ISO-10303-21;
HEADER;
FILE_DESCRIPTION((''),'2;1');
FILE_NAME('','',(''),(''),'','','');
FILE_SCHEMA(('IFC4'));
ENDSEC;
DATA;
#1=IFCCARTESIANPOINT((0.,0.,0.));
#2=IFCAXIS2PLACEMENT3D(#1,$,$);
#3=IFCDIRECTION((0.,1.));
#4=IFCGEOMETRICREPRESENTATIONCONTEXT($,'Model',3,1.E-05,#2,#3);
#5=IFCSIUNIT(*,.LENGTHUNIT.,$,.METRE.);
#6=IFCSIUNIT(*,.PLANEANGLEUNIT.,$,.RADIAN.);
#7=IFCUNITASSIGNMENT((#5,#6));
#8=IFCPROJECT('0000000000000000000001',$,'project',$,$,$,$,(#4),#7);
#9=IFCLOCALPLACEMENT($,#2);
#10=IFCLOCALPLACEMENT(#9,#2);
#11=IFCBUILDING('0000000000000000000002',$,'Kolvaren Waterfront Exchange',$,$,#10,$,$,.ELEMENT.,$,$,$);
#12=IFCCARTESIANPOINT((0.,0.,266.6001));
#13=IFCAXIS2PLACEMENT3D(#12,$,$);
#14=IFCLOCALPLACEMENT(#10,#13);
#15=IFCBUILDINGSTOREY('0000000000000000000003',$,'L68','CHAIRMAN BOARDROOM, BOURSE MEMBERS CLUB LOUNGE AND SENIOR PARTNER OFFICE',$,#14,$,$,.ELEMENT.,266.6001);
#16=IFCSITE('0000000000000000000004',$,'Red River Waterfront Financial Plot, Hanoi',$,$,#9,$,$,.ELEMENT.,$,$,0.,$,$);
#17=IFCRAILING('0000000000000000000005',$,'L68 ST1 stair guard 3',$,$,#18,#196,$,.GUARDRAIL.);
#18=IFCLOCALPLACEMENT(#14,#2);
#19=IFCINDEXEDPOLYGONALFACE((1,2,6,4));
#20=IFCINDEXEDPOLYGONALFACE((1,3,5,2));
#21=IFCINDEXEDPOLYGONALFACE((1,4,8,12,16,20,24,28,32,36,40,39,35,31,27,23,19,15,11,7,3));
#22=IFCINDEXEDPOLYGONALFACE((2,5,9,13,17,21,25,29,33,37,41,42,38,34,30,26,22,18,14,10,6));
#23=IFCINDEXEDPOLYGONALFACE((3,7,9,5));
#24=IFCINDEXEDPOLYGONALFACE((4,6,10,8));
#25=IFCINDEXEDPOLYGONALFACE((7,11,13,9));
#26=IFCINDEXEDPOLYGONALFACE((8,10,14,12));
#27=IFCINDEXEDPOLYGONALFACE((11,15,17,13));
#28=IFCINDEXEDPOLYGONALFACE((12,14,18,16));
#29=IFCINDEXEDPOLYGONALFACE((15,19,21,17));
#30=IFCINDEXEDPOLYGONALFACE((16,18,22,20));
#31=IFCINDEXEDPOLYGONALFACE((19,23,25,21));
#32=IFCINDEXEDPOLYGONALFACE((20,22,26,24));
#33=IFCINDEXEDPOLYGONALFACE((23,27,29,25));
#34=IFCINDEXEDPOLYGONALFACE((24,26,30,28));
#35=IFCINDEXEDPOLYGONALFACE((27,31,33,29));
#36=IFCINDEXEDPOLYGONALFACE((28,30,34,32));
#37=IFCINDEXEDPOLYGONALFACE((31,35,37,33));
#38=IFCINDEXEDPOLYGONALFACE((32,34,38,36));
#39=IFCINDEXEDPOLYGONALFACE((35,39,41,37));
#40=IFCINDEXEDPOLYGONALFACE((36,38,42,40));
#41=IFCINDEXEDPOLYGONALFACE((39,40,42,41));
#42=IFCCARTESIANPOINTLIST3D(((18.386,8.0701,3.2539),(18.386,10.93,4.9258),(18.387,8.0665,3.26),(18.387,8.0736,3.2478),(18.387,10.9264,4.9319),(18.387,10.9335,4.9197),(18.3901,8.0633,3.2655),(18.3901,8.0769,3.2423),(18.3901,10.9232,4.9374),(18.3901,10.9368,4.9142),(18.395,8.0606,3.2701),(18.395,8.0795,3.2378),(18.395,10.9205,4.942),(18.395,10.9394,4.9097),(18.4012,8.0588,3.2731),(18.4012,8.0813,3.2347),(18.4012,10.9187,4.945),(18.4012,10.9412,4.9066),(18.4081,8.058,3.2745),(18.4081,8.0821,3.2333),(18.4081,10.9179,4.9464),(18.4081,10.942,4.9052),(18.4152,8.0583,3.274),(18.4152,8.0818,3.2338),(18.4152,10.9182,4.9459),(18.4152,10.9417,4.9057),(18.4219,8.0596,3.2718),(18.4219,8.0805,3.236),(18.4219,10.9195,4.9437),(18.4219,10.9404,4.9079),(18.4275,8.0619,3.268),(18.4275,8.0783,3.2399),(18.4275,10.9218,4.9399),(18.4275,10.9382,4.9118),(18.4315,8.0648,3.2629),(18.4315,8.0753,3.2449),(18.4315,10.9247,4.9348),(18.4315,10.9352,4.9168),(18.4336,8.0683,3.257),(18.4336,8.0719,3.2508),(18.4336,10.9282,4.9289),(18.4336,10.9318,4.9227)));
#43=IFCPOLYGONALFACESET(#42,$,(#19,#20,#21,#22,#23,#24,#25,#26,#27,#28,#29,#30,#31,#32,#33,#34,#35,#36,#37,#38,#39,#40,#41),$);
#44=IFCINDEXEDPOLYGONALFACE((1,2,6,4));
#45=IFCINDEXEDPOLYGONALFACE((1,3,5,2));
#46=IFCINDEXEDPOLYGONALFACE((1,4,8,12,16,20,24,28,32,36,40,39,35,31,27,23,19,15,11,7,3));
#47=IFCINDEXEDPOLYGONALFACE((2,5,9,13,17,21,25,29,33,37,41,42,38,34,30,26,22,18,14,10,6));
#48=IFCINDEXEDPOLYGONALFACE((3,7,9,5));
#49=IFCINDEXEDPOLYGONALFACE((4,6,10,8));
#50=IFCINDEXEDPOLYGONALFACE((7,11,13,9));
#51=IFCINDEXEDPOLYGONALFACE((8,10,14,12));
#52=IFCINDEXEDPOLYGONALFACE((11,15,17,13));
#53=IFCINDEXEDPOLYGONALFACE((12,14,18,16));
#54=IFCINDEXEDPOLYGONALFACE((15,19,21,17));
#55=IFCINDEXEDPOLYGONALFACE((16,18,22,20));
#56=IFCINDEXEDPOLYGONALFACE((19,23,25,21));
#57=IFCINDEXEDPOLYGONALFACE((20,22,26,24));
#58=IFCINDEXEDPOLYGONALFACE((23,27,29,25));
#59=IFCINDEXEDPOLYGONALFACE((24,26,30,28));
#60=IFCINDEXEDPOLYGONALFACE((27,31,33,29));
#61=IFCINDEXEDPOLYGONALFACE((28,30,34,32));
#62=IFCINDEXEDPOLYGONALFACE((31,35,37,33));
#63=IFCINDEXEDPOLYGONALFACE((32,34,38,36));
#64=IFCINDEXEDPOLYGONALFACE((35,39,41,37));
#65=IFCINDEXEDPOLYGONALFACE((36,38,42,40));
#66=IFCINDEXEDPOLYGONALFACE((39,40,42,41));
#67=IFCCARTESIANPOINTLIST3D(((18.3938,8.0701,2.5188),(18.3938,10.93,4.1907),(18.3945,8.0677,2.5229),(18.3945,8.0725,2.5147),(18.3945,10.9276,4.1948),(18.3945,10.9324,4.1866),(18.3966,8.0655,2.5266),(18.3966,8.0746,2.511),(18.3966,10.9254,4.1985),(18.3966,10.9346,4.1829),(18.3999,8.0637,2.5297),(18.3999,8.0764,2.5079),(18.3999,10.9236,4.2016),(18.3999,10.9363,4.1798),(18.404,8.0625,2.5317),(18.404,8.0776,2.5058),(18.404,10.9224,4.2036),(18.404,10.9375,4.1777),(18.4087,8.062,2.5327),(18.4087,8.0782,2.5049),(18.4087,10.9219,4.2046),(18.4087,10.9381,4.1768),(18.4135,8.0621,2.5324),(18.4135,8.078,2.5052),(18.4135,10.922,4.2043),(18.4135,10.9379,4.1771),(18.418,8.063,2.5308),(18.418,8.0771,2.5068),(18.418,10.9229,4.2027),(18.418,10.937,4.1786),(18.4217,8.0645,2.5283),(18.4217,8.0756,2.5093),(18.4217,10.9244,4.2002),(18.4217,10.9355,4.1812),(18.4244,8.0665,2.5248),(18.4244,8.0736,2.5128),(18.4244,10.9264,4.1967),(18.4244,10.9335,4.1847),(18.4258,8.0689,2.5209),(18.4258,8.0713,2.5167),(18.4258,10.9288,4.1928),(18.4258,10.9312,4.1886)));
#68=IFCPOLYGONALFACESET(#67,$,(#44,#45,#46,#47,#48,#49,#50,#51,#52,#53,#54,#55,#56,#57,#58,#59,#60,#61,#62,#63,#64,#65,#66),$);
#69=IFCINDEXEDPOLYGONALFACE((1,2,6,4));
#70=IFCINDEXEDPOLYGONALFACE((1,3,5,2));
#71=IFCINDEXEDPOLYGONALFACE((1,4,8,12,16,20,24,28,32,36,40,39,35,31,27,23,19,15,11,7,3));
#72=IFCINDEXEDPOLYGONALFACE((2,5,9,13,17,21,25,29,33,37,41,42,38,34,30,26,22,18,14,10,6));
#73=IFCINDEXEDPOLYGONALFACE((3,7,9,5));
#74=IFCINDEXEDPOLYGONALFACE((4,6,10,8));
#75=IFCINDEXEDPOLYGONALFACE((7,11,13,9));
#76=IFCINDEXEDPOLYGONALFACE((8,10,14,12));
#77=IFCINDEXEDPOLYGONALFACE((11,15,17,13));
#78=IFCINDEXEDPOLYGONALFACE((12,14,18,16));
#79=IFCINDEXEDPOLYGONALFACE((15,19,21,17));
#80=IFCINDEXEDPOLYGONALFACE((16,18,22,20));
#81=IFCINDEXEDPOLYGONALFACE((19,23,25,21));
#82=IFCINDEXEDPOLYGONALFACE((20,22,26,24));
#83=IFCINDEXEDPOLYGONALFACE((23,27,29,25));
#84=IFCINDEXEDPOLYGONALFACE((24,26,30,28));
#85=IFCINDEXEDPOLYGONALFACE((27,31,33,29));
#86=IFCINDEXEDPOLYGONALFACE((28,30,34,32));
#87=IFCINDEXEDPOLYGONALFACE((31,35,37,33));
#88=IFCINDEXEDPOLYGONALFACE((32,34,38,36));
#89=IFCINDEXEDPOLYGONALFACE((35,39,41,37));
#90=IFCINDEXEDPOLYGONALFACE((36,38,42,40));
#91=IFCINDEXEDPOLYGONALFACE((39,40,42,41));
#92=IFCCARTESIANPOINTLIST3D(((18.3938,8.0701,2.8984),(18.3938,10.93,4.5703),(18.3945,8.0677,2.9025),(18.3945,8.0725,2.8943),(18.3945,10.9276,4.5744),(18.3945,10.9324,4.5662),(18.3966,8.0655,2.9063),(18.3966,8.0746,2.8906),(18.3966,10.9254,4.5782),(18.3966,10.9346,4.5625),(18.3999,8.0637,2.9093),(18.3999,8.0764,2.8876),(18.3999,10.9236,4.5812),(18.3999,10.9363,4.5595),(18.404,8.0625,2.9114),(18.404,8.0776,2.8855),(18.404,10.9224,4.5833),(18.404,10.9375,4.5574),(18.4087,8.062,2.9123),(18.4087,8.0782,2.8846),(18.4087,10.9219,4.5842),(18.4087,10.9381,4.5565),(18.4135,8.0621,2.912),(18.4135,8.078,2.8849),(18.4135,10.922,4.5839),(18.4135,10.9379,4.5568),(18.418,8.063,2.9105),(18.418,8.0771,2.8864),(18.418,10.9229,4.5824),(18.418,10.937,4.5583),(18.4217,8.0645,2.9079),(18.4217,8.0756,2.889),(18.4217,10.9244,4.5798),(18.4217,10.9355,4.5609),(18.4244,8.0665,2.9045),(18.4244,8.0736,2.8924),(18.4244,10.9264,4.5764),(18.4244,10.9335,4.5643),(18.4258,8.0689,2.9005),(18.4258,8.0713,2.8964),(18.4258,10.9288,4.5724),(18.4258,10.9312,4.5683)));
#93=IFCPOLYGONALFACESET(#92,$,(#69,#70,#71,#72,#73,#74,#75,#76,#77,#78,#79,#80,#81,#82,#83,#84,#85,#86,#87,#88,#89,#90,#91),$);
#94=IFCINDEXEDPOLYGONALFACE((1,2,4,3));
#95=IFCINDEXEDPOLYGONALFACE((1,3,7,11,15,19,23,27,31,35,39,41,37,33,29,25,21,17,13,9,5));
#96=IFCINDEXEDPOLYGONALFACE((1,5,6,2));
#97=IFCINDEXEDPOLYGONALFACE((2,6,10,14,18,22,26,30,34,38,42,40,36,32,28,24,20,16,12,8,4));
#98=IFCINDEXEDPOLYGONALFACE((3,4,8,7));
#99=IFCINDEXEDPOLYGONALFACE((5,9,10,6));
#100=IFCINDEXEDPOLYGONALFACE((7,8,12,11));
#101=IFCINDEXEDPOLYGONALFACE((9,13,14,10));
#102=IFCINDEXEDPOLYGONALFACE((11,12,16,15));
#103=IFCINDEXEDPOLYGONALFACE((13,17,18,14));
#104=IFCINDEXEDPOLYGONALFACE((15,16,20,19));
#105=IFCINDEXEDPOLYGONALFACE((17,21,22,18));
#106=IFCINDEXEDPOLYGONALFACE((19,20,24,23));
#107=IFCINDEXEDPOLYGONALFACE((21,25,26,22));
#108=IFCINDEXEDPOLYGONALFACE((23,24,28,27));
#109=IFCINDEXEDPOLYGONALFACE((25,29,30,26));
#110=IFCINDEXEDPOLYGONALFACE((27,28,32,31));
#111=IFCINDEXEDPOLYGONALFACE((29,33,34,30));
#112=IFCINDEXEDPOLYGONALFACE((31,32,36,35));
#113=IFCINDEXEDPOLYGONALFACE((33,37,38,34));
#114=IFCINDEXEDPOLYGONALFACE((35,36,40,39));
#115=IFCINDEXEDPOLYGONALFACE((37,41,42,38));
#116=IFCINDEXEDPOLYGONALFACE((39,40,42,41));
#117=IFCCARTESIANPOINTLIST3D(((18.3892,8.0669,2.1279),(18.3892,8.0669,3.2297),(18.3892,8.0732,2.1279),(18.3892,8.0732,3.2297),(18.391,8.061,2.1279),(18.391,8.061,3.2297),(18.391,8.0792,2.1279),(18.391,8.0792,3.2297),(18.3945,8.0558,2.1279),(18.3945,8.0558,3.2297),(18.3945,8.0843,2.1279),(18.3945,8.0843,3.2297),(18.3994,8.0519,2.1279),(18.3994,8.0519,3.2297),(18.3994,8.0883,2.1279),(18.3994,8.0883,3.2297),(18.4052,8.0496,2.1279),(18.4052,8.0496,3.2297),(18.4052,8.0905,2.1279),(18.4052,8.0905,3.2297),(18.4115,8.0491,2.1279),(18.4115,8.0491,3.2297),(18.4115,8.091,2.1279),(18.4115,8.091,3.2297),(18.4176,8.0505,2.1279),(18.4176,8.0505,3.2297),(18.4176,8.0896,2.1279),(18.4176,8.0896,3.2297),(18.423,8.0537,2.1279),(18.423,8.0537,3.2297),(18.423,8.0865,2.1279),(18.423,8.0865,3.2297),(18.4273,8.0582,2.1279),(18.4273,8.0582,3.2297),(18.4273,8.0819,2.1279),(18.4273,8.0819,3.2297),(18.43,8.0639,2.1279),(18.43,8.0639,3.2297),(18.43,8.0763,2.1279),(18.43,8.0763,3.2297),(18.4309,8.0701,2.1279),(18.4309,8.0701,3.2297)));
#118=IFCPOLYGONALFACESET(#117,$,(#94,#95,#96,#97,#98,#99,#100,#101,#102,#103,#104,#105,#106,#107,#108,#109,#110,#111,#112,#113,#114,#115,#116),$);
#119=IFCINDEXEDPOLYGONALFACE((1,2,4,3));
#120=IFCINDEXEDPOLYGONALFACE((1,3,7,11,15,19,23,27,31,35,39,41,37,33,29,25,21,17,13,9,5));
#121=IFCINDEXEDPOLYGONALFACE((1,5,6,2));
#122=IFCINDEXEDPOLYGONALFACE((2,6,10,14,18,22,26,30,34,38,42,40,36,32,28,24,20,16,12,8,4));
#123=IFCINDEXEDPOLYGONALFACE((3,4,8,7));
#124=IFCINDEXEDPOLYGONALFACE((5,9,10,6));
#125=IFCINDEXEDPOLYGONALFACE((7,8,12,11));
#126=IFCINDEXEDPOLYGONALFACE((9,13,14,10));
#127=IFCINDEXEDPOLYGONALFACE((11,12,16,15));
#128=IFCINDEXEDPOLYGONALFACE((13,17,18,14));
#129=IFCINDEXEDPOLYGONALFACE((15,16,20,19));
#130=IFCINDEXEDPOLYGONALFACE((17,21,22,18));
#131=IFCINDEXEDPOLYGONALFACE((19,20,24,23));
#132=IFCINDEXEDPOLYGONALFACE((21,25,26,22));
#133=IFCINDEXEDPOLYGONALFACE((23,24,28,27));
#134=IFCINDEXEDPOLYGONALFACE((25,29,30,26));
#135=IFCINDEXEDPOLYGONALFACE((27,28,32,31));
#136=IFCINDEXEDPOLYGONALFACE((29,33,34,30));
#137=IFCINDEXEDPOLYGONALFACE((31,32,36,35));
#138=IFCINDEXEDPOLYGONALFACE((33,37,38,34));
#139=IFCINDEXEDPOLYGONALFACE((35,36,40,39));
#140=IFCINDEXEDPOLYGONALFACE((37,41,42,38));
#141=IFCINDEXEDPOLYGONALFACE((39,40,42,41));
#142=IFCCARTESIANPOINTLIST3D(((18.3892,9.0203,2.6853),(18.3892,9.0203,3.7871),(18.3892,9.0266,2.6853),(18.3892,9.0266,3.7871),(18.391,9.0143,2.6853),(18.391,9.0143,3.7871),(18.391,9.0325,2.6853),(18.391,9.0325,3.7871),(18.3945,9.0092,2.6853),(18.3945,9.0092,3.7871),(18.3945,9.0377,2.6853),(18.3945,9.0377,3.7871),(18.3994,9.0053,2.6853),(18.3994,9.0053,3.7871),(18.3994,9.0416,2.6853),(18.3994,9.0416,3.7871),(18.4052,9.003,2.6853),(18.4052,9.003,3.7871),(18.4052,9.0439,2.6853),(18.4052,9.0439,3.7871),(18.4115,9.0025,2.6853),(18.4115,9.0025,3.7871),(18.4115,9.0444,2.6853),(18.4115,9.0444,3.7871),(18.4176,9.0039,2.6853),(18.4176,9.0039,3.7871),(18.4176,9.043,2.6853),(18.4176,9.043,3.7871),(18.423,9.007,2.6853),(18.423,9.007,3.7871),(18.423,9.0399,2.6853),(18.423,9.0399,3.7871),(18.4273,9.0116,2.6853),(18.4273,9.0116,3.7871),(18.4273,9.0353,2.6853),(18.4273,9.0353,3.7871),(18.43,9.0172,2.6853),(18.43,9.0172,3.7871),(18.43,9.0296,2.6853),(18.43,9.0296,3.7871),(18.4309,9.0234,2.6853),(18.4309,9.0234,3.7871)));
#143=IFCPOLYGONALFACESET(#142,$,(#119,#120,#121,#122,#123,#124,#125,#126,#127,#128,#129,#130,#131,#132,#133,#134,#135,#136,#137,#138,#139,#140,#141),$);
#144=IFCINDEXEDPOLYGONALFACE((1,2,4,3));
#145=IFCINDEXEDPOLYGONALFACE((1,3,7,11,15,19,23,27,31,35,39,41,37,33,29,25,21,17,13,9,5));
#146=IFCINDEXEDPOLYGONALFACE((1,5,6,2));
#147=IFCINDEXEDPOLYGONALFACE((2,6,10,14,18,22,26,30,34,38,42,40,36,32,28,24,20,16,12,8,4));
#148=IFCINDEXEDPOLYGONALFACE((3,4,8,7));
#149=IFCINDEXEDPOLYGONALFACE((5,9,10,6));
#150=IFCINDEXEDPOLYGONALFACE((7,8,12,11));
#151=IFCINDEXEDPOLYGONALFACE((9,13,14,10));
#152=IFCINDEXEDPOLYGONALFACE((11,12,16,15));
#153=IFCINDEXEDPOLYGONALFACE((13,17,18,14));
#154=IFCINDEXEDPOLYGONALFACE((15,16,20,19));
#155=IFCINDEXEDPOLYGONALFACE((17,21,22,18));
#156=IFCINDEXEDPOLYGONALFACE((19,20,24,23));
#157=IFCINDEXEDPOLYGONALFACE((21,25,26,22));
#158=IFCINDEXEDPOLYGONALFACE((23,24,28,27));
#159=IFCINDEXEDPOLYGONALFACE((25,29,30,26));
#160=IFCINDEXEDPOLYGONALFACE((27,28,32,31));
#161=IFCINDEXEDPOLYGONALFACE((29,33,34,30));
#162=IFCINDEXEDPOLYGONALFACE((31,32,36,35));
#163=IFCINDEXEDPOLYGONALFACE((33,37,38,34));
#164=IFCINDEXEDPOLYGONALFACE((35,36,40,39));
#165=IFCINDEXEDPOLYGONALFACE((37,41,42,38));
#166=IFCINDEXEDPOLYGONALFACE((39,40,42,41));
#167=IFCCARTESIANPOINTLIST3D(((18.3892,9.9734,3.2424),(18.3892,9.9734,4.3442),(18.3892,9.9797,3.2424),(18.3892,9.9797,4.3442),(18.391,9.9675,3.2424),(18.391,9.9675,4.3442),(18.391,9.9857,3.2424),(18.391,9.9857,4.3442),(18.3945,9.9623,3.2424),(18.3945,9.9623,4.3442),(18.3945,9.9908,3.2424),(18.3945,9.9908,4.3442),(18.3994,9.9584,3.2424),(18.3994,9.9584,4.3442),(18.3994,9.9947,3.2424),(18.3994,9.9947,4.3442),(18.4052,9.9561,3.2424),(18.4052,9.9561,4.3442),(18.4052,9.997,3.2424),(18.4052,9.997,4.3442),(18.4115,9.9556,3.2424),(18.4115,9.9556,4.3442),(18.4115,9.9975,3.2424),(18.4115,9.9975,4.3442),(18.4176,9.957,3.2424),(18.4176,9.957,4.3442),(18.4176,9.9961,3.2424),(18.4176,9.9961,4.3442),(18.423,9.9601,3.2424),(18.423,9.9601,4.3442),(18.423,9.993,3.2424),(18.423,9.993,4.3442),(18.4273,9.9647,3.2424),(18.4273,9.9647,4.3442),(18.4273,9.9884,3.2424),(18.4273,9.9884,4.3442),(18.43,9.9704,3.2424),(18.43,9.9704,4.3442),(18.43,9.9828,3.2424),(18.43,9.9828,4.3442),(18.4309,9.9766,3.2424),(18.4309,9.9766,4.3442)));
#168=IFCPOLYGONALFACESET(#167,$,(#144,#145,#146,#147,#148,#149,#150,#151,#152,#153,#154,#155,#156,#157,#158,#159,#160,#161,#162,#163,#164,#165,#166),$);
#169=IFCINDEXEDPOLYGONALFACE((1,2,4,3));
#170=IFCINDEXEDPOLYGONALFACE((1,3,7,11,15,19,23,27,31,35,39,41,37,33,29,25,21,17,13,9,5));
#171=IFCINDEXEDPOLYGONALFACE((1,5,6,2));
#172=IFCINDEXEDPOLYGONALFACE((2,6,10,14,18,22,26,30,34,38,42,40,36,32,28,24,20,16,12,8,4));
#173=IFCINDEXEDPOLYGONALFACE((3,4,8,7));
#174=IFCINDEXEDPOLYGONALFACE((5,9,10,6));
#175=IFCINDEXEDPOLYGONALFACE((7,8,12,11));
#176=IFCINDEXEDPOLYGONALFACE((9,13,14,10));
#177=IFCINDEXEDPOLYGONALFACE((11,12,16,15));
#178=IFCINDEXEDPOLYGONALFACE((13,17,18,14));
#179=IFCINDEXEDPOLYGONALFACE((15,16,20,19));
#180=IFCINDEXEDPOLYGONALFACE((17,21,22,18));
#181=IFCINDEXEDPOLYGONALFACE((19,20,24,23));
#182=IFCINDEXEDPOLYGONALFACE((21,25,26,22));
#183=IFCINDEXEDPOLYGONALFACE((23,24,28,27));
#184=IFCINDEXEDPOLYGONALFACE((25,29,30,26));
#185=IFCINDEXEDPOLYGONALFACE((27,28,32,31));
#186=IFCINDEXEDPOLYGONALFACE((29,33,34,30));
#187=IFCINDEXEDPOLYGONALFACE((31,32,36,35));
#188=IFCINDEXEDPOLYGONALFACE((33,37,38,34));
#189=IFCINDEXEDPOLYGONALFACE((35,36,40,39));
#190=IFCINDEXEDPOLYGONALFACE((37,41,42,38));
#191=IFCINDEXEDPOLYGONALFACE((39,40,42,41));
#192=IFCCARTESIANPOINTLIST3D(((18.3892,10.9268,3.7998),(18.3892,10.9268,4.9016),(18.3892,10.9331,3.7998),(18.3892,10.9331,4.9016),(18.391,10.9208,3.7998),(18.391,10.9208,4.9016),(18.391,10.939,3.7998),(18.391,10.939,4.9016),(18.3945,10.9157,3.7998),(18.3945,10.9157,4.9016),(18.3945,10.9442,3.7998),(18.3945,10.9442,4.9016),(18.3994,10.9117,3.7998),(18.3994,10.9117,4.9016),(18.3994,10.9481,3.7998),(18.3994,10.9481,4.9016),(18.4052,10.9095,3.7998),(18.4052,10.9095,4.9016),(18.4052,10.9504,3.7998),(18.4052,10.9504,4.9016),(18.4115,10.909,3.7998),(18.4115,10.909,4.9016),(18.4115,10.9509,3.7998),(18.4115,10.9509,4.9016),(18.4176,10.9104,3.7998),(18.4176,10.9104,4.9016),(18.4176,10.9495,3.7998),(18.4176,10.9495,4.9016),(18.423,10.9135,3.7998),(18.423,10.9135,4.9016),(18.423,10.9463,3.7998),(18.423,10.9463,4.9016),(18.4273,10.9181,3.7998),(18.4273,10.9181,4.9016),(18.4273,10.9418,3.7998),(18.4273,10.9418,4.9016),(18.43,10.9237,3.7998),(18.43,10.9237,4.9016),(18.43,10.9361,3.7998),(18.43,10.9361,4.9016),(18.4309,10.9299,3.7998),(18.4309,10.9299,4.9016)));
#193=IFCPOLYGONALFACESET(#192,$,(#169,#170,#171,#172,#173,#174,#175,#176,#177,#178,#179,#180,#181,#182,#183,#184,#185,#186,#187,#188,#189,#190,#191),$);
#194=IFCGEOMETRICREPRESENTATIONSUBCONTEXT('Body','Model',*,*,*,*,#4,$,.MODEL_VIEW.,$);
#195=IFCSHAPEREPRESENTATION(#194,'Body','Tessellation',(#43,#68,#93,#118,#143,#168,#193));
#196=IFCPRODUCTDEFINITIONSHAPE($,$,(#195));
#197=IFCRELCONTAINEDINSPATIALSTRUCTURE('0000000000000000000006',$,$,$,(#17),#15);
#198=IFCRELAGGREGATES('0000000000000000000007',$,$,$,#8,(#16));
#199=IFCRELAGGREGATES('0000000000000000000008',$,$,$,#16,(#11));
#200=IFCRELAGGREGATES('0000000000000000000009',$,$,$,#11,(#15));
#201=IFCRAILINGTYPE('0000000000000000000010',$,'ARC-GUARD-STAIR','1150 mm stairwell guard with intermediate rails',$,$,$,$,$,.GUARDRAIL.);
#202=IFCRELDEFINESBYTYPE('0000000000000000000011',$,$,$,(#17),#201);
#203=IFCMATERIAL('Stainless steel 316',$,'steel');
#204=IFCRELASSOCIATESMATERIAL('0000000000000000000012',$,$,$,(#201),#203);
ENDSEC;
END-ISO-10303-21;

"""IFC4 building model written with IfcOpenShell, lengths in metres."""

from ifc_helpers import new_model, si_unit, direction, frame, origin, origin_2d, place, context, subcontext, project, spatial, circle, extrude, material, type_object, element, save


model = new_model("IFC4")

# Units and contexts
model_context = context("Model", 3, precision=1e-05, world=origin(), true_north=direction((0.0, 1.0)))
body_context = subcontext(model_context, "Body", "Model", "MODEL_VIEW")
ifc_project = project(units=[si_unit("LENGTHUNIT", "METRE"), si_unit("PLANEANGLEUNIT", "RADIAN")], contexts=[model_context])

# Site, building, storey
site_placement = place(None, origin())
site = spatial("IfcSite", under=ifc_project, at=site_placement, Name="Red River Waterfront Financial Plot, Hanoi", CompositionType="ELEMENT", RefElevation=0.0)
building_placement = place(site_placement, origin())
building = spatial("IfcBuilding", under=site, at=building_placement, Name="Kolvaren Waterfront Exchange", CompositionType="ELEMENT")
storey_placement = place(building_placement, frame((0.0, 0.0, 266.6001)))
storey = spatial("IfcBuildingStorey", under=building, at=storey_placement, Name="L68", Description="CHAIRMAN BOARDROOM, BOURSE MEMBERS CLUB LOUNGE AND SENIOR PARTNER OFFICE", CompositionType="ELEMENT", Elevation=266.6001)

# Railing
ifc_material_1 = material(Name="Stainless steel 316", Category="steel")
railing_type_1 = type_object("IfcRailingType", Name="ARC-GUARD-STAIR", Description="1150 mm stairwell guard with intermediate rails", PredefinedType="GUARDRAIL", material=ifc_material_1)
railing_1_placement = place(storey_placement, frame((18.4099, 8.0701, 2.1279)))
element("IfcRailing", 1, at=railing_1_placement, inside=storey, type_object=railing_type_1, Name="L68 ST1 stair guard 3", PredefinedType="GUARDRAIL", context=body_context, shape_type="SweptSolid", body=[
    extrude(circle(Radius=0.0239, at=origin_2d()), frame((0.0, 0.0, 1.126), z_axis=(0.0, 0.863303, 0.504686), x_axis=(-1.0, 0.0, 0.0)), (0.0, 0.0, 1.0), 3.3127),
    extrude(circle(Radius=0.0161, at=origin_2d()), frame((0.0, 0.0, 0.3909), z_axis=(0.0, 0.863303, 0.504686), x_axis=(-1.0, 0.0, 0.0)), (0.0, 0.0, 1.0), 3.3127),
    extrude(circle(Radius=0.0161, at=origin_2d()), frame((0.0, 0.0, 0.7705), z_axis=(0.0, 0.863303, 0.504686), x_axis=(-1.0, 0.0, 0.0)), (0.0, 0.0, 1.0), 3.3127),
    extrude(circle(Radius=0.021, at=origin_2d()), origin(), (0.0, 0.0, 1.0), 1.1018),
    extrude(circle(Radius=0.021, at=origin_2d()), frame((0.0, 0.9534, 0.5574)), (0.0, 0.0, 1.0), 1.1018),
    extrude(circle(Radius=0.021, at=origin_2d()), frame((0.0, 1.9065, 1.1145)), (0.0, 0.0, 1.0), 1.1018),
    extrude(circle(Radius=0.021, at=origin_2d()), frame((0.0, 2.8599, 1.6719)), (0.0, 0.0, 1.0), 1.1018),
])

save(model, "model.ifc")
